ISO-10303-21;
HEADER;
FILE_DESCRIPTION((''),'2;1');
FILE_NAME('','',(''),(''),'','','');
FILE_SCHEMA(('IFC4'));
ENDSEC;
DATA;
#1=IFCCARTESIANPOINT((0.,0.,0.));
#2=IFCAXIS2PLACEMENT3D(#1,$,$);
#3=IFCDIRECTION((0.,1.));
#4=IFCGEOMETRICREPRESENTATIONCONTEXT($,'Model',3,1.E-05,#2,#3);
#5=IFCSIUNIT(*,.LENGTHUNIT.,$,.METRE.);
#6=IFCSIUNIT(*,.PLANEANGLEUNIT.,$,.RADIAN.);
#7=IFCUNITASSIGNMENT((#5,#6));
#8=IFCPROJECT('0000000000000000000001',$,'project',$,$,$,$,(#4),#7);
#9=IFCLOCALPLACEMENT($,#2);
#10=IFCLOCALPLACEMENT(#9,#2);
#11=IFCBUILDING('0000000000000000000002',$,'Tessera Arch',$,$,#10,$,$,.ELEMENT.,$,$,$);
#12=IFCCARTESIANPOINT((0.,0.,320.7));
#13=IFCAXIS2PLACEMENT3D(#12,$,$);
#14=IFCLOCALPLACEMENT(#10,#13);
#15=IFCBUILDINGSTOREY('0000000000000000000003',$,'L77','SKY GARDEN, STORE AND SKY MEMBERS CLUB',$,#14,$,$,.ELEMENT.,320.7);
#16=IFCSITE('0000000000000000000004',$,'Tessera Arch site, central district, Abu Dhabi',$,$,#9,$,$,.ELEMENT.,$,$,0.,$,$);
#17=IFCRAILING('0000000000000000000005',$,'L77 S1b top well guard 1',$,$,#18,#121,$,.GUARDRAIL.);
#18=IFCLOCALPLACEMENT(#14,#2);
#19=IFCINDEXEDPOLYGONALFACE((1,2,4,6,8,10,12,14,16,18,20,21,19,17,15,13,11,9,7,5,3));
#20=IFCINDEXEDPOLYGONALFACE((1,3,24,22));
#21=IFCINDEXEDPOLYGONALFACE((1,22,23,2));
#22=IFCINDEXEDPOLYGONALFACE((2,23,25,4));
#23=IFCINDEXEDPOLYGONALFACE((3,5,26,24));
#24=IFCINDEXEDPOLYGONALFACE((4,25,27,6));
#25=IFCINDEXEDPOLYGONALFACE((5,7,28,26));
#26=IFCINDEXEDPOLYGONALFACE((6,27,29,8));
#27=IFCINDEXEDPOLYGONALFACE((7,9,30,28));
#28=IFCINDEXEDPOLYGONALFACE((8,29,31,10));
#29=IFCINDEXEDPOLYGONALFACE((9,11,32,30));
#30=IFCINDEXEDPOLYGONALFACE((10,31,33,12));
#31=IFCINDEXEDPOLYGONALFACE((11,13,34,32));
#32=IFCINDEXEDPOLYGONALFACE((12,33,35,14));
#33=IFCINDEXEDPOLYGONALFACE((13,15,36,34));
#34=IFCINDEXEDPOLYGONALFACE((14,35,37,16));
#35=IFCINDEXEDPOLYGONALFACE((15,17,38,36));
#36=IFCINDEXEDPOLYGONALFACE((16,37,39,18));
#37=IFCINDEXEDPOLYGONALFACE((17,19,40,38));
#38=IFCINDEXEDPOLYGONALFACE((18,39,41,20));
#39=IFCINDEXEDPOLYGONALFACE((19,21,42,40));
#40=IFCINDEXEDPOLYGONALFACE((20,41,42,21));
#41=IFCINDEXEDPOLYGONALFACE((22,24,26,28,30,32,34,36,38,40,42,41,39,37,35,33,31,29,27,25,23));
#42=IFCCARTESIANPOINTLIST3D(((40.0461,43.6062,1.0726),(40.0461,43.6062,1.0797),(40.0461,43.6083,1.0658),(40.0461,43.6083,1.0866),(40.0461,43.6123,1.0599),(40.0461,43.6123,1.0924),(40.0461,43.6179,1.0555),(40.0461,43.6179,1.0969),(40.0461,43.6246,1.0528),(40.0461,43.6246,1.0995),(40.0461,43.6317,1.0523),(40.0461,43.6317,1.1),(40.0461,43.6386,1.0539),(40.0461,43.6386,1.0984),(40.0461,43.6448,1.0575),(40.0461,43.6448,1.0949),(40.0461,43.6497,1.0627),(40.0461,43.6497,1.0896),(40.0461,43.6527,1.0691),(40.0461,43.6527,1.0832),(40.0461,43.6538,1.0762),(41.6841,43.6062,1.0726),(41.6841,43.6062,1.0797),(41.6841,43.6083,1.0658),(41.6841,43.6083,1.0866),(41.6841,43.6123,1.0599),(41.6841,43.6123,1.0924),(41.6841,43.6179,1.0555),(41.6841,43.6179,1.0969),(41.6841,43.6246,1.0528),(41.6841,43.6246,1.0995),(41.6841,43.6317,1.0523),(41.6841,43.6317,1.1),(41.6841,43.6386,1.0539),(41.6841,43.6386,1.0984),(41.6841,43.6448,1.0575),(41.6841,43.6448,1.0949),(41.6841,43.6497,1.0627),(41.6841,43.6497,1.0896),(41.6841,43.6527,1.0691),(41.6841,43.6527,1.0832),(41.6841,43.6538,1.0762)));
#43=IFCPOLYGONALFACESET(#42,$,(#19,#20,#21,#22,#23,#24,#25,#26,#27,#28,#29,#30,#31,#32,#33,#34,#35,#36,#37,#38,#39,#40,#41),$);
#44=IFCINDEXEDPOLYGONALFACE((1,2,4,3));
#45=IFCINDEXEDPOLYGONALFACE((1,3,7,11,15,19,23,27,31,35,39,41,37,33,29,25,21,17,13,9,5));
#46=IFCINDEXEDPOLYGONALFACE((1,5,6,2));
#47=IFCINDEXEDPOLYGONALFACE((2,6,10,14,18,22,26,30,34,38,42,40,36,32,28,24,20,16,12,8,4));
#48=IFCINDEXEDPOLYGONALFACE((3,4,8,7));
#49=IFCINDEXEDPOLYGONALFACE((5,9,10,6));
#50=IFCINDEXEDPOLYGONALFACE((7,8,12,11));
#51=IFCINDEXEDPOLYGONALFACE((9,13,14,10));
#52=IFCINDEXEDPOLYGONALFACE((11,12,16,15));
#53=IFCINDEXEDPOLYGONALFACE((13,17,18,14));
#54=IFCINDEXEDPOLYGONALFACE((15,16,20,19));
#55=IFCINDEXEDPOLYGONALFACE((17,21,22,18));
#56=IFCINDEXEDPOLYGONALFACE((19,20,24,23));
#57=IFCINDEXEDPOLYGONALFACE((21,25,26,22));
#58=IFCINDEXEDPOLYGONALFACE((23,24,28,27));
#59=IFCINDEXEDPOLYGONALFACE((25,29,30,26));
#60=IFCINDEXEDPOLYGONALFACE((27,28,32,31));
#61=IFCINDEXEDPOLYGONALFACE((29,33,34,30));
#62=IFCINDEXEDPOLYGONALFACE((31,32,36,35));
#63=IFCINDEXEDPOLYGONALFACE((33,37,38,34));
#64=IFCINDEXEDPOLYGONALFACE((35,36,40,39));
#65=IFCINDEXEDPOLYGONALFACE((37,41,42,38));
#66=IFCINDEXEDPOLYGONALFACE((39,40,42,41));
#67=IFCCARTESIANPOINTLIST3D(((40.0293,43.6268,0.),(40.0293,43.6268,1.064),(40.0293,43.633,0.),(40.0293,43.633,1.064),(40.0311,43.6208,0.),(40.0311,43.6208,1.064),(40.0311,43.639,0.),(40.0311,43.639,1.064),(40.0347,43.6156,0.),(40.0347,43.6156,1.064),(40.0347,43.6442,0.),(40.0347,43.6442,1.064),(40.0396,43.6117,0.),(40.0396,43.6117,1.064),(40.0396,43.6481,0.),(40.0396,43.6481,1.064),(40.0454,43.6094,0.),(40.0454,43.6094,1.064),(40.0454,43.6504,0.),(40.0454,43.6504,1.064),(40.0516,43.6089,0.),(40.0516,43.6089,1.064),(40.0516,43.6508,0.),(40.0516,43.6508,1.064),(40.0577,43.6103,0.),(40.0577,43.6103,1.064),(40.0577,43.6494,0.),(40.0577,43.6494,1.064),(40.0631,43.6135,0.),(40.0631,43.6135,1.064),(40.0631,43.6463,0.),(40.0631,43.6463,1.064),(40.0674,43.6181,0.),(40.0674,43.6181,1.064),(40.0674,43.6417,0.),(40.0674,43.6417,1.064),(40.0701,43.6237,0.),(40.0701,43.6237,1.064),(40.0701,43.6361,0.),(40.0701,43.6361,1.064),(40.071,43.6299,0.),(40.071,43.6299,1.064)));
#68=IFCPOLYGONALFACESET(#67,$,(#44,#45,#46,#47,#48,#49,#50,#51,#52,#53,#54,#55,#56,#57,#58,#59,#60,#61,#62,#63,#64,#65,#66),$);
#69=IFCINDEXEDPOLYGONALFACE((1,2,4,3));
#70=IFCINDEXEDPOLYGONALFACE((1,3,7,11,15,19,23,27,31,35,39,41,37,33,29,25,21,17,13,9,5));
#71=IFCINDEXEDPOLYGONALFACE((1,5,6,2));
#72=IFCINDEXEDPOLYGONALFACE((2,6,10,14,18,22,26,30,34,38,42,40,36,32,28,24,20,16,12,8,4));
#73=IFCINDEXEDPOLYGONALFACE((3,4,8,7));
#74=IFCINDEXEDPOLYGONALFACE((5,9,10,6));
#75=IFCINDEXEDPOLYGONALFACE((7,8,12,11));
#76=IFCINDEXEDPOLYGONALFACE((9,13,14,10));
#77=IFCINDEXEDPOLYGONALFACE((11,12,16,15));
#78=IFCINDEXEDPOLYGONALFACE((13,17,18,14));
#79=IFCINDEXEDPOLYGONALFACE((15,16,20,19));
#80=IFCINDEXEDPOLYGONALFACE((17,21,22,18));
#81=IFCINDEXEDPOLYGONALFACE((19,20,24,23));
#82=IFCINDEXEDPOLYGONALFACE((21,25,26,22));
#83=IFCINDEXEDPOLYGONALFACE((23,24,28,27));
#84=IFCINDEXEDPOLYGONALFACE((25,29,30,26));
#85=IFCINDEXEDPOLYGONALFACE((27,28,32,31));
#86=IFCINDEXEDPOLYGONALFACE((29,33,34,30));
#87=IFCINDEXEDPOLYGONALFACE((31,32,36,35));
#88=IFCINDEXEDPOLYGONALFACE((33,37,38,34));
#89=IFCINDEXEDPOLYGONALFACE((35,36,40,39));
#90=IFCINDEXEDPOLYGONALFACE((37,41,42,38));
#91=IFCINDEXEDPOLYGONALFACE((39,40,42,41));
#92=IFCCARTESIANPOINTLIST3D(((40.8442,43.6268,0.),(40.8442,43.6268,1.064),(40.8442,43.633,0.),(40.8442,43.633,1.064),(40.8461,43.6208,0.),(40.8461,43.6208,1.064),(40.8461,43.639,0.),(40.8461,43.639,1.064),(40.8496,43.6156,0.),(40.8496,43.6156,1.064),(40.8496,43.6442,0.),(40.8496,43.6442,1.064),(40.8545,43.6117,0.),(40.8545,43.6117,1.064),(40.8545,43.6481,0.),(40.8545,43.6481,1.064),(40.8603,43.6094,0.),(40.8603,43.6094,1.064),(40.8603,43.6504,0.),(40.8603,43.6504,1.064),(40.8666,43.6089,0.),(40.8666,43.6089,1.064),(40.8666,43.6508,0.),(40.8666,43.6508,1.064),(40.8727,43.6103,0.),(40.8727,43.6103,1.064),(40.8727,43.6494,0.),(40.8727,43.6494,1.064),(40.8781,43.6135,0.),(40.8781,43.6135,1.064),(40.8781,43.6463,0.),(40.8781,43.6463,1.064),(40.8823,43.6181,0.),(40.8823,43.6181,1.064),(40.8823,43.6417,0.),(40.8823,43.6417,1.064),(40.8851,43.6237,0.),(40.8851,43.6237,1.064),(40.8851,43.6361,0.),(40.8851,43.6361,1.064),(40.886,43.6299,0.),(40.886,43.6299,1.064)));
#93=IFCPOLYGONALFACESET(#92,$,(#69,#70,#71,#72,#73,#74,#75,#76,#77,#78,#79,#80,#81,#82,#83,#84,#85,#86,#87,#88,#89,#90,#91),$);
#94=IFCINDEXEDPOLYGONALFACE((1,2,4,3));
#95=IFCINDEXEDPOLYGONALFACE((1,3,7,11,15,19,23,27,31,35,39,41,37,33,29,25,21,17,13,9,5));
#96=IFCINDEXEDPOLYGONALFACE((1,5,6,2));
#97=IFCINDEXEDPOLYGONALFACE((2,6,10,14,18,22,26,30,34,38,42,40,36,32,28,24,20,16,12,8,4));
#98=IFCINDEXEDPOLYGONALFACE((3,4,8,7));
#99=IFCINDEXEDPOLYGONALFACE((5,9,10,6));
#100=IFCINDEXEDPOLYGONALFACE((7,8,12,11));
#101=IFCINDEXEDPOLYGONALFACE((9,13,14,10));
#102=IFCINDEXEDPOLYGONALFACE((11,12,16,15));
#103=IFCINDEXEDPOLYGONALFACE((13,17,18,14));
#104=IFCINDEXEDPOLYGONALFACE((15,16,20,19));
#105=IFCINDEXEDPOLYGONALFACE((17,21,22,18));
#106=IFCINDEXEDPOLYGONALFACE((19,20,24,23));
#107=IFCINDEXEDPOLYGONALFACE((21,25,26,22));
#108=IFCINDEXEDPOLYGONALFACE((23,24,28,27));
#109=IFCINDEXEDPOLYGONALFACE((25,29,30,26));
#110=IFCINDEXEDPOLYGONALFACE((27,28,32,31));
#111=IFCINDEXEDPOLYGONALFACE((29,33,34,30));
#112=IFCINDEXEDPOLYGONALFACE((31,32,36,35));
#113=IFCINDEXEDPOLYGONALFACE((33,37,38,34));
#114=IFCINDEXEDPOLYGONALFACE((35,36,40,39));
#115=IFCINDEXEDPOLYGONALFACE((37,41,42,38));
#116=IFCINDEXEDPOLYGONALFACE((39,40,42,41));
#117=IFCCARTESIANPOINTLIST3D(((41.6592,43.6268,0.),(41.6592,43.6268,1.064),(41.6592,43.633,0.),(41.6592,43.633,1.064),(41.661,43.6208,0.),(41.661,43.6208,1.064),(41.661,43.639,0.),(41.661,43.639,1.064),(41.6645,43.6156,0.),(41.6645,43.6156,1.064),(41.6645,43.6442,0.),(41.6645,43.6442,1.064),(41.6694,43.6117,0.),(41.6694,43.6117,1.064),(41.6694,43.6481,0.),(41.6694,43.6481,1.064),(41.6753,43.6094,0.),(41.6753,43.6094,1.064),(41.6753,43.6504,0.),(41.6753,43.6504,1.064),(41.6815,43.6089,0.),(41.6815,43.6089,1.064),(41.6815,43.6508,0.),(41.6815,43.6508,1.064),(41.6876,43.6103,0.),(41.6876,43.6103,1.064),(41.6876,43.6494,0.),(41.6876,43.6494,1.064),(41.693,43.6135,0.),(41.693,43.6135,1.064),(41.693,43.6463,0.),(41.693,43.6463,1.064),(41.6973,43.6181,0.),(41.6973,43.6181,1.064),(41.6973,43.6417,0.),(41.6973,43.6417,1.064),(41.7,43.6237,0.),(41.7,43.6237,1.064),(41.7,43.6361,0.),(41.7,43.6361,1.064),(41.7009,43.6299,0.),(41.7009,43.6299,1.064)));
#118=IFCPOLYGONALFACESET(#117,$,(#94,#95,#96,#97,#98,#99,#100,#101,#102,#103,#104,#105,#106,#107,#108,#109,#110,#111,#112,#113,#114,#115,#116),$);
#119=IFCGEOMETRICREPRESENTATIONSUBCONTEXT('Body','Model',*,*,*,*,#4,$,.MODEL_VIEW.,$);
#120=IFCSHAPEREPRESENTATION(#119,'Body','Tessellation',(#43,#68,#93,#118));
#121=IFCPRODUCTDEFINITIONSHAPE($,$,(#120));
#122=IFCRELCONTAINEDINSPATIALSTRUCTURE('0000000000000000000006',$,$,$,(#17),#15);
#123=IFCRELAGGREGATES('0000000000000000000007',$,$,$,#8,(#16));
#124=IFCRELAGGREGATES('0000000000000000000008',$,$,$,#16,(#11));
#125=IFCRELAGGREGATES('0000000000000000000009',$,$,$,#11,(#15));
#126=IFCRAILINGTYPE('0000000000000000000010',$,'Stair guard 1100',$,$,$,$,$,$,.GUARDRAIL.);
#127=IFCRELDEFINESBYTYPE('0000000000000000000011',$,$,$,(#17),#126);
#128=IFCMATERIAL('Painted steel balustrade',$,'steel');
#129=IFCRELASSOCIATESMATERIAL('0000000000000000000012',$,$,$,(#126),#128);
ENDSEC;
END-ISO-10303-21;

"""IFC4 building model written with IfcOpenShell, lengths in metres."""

from ifc_helpers import new_model, si_unit, direction, frame, origin, origin_2d, place, context, subcontext, project, spatial, circle, extrude, material, type_object, element, save


model = new_model("IFC4")

# Units and contexts
model_context = context("Model", 3, precision=1e-05, world=origin(), true_north=direction((0.0, 1.0)))
body_context = subcontext(model_context, "Body", "Model", "MODEL_VIEW")
ifc_project = project(units=[si_unit("LENGTHUNIT", "METRE"), si_unit("PLANEANGLEUNIT", "RADIAN")], contexts=[model_context])

# Site, building, storey
site_placement = place(None, origin())
site = spatial("IfcSite", under=ifc_project, at=site_placement, Name="Tessera Arch site, central district, Abu Dhabi", CompositionType="ELEMENT", RefElevation=0.0)
building_placement = place(site_placement, origin())
building = spatial("IfcBuilding", under=site, at=building_placement, Name="Tessera Arch", CompositionType="ELEMENT")
storey_placement = place(building_placement, frame((0.0, 0.0, 320.7)))
storey = spatial("IfcBuildingStorey", under=building, at=storey_placement, Name="L77", Description="SKY GARDEN, STORE AND SKY MEMBERS CLUB", CompositionType="ELEMENT", Elevation=320.7)

# Railing
ifc_material_1 = material(Name="Painted steel balustrade", Category="steel")
railing_type = type_object("IfcRailingType", Name="Stair guard 1100", PredefinedType="GUARDRAIL", material=ifc_material_1)
railing_1_placement = place(storey_placement, frame((40.05, 43.6299, 0.0)))
element("IfcRailing", 1, at=railing_1_placement, inside=storey, type_object=railing_type, Name="L77 S1b top well guard 1", PredefinedType="GUARDRAIL", context=body_context, shape_type="SweptSolid", body=[
    extrude(circle(Radius=0.0239, at=origin_2d()), frame((-0.0039, 0.0, 1.0762), z_axis=(1.0, 0.0, 0.0), x_axis=(0.0, 1.0, 0.0)), (0.0, 0.0, 1.0), 1.6379),
    extrude(circle(Radius=0.021, at=origin_2d()), origin(), (0.0, 0.0, 1.0), 1.064),
    extrude(circle(Radius=0.021, at=origin_2d()), frame((0.8149, 0.0, 0.0)), (0.0, 0.0, 1.0), 1.064),
    extrude(circle(Radius=0.021, at=origin_2d()), frame((1.6299, 0.0, 0.0)), (0.0, 0.0, 1.0), 1.064),
])

save(model, "model.ifc")
